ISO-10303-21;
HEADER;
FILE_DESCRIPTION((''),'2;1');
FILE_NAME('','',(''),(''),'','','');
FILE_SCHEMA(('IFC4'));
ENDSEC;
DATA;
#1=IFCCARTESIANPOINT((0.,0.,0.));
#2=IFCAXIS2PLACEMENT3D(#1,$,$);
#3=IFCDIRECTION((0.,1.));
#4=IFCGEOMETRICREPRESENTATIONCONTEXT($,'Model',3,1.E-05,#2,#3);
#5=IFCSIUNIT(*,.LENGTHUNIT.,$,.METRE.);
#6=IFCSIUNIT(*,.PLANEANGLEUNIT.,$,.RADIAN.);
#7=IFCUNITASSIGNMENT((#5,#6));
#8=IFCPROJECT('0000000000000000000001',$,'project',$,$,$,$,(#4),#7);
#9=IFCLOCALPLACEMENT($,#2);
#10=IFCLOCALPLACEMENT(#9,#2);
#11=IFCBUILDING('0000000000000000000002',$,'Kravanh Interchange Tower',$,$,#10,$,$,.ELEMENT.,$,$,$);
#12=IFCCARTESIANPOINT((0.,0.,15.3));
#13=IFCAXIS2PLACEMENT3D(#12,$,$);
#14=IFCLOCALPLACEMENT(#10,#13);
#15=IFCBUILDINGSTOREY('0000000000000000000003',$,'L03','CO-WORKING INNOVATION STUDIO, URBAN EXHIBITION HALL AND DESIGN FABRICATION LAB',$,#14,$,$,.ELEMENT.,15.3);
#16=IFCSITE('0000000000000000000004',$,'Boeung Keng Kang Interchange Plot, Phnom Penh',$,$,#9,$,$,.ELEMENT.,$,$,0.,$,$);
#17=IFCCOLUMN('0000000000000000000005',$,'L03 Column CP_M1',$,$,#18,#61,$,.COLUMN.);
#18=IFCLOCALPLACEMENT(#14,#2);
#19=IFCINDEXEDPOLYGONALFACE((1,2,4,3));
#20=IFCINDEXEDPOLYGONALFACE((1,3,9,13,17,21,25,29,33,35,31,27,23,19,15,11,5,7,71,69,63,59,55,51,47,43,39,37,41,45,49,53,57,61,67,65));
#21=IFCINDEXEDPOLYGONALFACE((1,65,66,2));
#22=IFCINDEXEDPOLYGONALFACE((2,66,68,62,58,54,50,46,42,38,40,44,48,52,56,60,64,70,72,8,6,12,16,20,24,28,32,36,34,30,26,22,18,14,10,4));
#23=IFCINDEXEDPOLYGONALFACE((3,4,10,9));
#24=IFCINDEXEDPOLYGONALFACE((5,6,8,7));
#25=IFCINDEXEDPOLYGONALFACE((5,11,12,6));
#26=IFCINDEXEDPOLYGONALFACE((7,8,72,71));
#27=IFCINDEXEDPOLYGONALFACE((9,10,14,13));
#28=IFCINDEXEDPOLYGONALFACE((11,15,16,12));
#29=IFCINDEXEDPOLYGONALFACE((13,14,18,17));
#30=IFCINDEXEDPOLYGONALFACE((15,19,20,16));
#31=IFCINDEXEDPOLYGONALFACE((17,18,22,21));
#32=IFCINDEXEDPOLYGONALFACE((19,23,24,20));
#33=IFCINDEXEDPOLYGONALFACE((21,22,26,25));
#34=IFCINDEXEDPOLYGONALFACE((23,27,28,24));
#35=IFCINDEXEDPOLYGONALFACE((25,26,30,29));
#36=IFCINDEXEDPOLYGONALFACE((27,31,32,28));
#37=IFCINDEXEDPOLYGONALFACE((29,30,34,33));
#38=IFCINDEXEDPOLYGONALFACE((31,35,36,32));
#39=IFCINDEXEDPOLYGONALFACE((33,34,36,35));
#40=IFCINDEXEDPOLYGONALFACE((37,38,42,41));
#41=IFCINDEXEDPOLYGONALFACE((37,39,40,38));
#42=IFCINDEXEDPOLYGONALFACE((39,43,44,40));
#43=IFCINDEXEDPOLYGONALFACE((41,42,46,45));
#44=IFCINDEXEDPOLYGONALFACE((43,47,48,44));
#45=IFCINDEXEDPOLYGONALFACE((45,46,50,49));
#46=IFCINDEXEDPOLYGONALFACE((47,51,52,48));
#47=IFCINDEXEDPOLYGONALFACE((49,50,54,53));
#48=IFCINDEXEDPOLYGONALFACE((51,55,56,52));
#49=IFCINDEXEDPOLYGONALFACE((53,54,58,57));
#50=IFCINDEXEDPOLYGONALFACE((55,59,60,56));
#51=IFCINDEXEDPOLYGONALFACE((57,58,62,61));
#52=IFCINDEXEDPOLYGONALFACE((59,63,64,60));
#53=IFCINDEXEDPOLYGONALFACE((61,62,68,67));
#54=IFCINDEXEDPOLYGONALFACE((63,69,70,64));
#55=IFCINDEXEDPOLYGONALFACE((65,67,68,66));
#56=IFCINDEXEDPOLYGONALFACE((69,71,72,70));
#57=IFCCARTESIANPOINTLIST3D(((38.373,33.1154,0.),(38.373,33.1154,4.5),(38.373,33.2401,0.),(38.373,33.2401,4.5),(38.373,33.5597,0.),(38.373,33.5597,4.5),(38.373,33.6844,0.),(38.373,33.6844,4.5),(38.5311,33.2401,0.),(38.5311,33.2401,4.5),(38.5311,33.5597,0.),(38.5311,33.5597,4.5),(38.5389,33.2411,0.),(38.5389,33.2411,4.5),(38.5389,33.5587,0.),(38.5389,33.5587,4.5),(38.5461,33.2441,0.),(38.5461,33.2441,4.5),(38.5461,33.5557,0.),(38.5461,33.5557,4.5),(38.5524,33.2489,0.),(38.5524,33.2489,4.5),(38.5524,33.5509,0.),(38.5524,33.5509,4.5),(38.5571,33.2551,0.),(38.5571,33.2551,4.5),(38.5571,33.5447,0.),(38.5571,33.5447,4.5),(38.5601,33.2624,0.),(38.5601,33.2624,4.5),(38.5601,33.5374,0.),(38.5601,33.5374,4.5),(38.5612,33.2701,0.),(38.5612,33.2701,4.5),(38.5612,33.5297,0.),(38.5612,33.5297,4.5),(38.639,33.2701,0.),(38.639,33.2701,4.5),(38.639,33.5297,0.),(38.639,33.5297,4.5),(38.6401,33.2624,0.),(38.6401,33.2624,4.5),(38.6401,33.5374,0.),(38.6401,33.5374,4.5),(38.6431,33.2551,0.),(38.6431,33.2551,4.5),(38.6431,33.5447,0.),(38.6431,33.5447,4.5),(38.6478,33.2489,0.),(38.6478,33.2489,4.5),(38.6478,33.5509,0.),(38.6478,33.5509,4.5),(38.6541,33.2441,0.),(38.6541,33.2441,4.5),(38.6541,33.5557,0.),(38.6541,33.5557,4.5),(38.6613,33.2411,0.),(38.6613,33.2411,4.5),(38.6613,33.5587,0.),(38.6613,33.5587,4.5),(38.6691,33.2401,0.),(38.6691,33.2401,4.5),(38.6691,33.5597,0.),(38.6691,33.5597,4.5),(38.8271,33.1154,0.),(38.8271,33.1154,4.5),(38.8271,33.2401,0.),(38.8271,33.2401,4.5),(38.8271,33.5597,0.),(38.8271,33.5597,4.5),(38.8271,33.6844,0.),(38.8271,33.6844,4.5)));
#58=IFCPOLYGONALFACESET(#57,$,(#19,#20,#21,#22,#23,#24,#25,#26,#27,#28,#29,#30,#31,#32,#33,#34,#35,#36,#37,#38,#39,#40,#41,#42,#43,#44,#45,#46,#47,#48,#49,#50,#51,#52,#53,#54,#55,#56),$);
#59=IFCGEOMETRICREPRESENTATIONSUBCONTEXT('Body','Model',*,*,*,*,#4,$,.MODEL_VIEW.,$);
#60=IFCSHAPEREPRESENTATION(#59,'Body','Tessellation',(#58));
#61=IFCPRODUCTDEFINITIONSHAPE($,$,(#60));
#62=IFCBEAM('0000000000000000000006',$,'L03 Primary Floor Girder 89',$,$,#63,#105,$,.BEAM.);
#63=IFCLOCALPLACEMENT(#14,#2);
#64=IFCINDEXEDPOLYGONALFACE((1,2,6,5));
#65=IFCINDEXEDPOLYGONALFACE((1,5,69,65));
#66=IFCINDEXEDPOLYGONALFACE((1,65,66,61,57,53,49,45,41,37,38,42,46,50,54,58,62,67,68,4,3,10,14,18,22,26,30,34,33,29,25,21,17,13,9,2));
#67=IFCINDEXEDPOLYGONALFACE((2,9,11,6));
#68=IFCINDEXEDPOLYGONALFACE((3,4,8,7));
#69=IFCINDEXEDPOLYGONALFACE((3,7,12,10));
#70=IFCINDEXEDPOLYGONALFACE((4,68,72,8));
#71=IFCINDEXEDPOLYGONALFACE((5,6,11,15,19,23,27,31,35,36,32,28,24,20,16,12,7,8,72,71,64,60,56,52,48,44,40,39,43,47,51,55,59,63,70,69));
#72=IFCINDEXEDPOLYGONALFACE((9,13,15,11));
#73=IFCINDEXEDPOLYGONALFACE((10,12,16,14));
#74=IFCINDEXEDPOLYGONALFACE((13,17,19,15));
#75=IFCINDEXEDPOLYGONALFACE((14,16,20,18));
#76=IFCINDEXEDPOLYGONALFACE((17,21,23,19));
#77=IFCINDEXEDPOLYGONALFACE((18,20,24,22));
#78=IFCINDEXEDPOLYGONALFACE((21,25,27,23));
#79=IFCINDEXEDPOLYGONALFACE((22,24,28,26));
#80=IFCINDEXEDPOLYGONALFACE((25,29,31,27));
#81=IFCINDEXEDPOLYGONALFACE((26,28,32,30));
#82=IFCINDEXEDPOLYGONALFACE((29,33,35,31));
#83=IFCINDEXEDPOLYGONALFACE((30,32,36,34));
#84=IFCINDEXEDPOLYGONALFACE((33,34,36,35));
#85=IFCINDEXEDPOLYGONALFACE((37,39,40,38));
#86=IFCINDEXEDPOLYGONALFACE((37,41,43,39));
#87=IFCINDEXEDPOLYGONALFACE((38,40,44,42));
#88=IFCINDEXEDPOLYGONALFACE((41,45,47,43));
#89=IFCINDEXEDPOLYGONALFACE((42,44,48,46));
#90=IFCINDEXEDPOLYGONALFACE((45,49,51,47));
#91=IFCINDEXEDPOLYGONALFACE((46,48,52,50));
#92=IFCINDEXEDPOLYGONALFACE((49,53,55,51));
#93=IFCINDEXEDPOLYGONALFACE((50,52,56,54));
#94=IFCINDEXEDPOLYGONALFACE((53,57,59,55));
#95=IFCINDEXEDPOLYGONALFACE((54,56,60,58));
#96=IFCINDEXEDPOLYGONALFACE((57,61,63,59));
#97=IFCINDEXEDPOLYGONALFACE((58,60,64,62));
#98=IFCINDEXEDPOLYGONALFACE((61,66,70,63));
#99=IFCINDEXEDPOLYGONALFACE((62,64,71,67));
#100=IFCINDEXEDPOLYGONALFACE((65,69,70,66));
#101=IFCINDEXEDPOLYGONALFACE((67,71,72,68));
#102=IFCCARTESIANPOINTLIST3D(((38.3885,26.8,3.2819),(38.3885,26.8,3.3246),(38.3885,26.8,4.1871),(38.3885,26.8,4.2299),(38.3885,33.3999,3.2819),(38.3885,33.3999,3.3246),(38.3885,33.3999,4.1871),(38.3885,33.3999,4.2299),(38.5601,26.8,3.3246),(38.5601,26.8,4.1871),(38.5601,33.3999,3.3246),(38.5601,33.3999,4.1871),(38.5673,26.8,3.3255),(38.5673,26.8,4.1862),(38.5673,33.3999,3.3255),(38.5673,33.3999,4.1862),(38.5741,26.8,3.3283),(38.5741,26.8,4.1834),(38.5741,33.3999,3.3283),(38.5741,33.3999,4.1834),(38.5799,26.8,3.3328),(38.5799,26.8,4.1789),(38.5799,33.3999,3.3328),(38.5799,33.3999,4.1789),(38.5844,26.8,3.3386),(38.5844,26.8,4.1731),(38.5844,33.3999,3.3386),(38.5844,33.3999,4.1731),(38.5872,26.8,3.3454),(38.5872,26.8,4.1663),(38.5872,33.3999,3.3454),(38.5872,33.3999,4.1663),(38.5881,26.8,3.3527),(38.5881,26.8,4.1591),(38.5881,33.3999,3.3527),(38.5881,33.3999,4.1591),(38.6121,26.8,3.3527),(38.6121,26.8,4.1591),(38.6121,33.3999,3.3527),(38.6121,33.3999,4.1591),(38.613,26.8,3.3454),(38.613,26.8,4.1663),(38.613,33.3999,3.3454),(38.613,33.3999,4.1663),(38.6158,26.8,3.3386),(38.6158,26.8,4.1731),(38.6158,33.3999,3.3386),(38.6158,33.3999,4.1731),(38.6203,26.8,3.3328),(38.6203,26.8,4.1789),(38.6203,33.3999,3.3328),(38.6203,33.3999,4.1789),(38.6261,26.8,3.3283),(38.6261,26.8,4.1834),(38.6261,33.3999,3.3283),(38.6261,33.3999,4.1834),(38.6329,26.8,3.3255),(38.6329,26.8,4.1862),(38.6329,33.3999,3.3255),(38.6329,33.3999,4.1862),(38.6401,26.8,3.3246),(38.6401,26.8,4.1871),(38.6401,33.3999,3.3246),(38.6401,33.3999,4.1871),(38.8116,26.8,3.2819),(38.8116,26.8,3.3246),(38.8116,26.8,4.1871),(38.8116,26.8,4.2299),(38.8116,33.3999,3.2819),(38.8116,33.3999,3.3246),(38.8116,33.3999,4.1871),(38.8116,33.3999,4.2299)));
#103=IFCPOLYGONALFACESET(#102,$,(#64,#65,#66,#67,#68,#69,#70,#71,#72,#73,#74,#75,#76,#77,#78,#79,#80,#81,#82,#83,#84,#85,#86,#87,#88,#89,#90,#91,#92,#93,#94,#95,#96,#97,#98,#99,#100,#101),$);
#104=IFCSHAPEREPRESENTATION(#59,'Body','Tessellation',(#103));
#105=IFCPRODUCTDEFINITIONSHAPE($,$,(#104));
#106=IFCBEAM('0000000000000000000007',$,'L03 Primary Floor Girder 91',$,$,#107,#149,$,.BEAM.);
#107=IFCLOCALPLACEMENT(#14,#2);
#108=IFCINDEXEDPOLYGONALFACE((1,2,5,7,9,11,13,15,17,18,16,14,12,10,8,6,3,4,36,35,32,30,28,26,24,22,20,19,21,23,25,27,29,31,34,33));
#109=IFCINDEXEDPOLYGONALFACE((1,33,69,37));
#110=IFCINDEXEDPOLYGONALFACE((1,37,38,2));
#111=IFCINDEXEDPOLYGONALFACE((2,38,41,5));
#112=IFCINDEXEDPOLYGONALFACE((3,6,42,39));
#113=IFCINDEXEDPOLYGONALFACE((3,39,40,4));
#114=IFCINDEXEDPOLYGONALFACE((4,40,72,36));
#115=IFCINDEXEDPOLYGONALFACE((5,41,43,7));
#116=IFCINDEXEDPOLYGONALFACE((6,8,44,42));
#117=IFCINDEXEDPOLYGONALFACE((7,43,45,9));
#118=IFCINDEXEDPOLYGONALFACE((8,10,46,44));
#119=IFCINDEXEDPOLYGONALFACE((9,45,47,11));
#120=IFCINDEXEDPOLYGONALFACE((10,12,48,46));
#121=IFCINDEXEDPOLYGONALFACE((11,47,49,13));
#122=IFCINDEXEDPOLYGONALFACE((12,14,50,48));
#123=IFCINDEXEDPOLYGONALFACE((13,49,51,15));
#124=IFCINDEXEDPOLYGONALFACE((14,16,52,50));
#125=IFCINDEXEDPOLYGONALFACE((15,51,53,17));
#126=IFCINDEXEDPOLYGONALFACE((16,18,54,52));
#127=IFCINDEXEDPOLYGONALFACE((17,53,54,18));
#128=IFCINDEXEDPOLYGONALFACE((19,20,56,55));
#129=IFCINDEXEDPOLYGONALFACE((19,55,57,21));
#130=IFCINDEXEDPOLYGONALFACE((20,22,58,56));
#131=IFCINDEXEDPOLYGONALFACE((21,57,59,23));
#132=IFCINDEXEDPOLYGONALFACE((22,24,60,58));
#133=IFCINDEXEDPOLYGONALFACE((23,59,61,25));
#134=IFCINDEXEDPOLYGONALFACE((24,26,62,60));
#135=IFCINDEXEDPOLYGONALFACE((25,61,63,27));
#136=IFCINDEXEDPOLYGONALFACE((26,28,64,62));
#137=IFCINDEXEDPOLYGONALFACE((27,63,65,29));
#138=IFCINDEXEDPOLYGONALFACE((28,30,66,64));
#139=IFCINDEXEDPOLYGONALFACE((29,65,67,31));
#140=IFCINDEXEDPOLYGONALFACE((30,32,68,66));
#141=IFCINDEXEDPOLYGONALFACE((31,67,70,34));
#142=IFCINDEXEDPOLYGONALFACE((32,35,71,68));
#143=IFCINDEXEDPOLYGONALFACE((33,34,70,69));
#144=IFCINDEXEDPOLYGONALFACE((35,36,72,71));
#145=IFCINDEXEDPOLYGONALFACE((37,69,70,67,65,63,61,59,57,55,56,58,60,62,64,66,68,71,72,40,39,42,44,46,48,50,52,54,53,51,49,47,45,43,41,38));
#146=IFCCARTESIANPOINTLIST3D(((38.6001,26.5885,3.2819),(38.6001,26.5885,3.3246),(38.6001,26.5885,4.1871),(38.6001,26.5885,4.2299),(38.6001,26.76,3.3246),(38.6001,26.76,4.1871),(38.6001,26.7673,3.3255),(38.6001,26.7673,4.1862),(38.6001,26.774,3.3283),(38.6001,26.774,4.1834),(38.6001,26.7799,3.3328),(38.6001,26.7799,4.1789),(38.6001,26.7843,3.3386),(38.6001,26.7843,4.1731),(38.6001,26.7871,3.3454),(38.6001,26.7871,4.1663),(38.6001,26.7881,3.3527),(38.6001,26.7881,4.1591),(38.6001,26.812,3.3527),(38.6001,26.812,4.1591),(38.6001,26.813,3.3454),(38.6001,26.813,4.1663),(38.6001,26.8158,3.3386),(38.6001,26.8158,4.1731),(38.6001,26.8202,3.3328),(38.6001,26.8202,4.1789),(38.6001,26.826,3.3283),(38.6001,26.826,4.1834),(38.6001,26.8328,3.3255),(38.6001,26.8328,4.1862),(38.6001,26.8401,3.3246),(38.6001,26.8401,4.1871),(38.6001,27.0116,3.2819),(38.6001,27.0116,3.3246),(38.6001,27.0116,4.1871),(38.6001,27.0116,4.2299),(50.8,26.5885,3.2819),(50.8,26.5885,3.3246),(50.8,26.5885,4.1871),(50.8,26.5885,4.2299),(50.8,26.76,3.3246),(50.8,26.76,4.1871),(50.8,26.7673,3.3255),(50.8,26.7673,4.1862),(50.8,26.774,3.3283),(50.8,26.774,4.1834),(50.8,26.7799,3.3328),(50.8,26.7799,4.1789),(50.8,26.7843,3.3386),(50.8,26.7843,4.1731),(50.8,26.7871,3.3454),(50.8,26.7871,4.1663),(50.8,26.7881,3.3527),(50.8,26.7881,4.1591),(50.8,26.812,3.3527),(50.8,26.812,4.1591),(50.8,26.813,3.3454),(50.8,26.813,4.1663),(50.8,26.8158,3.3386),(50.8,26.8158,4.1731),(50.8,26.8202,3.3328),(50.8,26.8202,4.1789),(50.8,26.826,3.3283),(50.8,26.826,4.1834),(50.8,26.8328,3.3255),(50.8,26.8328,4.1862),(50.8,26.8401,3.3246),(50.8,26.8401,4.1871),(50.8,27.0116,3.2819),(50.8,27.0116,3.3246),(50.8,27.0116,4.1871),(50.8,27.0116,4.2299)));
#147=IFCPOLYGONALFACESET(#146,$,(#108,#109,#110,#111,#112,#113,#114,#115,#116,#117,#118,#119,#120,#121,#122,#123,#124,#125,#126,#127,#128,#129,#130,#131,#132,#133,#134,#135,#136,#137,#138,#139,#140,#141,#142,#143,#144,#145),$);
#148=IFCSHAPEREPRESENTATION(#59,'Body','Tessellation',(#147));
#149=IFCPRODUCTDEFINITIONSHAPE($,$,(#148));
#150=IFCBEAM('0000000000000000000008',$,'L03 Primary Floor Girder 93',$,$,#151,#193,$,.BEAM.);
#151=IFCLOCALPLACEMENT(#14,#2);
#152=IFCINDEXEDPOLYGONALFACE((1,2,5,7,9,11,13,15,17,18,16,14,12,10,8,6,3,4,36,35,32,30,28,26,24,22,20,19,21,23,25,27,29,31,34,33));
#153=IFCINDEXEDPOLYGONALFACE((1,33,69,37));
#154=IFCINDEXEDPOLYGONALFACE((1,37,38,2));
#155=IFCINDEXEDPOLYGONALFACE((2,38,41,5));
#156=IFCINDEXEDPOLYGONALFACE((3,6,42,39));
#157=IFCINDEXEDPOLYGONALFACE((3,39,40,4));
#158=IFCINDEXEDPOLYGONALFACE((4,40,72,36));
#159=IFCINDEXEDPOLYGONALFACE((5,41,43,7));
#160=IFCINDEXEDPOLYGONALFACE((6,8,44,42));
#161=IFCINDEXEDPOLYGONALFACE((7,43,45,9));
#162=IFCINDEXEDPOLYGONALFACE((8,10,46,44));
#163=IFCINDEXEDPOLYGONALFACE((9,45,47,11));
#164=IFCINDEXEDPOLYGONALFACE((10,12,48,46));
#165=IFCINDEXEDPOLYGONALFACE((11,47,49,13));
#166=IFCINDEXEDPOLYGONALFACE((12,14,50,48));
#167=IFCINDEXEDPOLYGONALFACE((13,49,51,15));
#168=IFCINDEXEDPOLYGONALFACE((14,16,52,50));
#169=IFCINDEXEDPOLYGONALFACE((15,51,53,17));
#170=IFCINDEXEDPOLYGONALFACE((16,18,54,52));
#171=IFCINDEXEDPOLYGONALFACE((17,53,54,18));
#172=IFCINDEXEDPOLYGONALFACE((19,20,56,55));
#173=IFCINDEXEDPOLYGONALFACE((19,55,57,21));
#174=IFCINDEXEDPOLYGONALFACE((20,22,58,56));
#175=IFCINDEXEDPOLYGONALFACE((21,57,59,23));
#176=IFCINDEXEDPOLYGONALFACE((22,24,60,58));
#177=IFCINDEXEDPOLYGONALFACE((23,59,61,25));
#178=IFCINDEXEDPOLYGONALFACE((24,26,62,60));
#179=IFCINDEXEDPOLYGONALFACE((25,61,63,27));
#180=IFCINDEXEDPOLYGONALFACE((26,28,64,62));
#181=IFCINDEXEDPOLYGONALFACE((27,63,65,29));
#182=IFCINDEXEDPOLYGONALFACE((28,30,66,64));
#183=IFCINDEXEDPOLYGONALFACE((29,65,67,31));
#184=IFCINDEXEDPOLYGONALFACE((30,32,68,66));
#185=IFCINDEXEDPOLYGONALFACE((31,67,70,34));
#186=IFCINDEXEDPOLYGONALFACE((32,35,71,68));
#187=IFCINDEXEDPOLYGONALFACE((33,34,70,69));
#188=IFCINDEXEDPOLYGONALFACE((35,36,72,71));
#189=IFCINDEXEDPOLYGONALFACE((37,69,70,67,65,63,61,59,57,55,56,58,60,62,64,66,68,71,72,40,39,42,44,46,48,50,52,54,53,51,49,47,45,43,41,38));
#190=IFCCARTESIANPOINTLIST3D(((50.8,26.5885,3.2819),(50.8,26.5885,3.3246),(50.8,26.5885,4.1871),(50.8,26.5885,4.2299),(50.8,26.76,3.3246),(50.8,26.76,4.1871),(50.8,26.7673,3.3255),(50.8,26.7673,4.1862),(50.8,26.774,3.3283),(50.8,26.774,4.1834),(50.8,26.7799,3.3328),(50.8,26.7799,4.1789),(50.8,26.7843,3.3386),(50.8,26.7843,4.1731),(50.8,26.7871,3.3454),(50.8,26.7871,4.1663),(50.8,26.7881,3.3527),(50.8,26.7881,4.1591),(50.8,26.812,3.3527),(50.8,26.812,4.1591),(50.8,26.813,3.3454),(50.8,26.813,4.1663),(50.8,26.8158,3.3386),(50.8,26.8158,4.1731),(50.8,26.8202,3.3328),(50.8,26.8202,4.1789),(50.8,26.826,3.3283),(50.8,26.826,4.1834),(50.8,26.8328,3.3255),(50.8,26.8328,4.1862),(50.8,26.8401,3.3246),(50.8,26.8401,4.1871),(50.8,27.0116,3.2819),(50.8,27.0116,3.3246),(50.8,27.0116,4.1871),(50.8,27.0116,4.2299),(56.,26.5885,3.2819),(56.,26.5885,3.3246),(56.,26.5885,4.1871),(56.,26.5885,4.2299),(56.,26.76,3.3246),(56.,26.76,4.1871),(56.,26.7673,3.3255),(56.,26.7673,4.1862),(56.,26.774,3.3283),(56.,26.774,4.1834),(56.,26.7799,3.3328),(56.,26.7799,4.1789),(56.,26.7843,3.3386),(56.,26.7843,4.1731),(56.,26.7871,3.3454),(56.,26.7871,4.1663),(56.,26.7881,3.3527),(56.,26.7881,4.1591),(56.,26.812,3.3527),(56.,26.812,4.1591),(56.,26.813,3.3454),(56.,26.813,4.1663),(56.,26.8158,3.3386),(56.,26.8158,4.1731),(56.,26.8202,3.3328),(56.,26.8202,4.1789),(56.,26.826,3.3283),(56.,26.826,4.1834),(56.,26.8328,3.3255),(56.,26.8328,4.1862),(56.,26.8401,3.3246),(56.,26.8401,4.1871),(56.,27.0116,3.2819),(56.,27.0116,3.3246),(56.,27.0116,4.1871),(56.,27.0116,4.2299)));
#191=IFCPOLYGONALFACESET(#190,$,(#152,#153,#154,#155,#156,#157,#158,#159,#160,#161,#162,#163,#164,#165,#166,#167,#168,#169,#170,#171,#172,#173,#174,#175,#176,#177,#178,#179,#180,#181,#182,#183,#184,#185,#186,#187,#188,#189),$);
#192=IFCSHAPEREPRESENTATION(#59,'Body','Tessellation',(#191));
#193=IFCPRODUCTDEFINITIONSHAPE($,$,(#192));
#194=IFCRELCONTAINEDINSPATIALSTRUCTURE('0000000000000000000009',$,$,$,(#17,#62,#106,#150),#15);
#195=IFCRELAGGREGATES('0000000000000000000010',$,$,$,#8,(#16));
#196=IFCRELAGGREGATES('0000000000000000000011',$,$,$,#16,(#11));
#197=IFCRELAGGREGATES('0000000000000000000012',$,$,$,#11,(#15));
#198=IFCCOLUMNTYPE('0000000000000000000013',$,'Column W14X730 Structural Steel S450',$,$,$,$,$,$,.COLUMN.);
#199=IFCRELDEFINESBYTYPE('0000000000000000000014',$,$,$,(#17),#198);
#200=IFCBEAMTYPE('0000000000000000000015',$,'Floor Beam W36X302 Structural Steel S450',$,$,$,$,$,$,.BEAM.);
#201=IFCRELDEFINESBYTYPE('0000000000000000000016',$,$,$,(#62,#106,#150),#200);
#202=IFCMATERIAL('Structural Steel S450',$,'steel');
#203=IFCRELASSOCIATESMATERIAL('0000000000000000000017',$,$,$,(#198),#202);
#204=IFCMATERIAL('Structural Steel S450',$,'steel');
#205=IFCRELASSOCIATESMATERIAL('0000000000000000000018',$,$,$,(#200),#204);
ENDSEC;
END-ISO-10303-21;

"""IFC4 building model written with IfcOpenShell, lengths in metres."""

from ifc_helpers import new_model, si_unit, direction, frame, origin, origin_2d, place, context, subcontext, project, spatial, i_section, extrude, material, material_profile, profile_set, type_object, element, save


model = new_model("IFC4")

# Units and contexts
model_context = context("Model", 3, precision=1e-05, world=origin(), true_north=direction((0.0, 1.0)))
body_context = subcontext(model_context, "Body", "Model", "MODEL_VIEW")
ifc_project = project(units=[si_unit("LENGTHUNIT", "METRE"), si_unit("PLANEANGLEUNIT", "RADIAN")], contexts=[model_context])

# Site, building, storey
site_placement = place(None, origin())
site = spatial("IfcSite", under=ifc_project, at=site_placement, Name="Boeung Keng Kang Interchange Plot, Phnom Penh", CompositionType="ELEMENT", RefElevation=0.0)
building_placement = place(site_placement, origin())
building = spatial("IfcBuilding", under=site, at=building_placement, Name="Kravanh Interchange Tower", CompositionType="ELEMENT")
storey_placement = place(building_placement, frame((0.0, 0.0, 15.3)))
storey = spatial("IfcBuildingStorey", under=building, at=storey_placement, Name="L03", Description="CO-WORKING INNOVATION STUDIO, URBAN EXHIBITION HALL AND DESIGN FABRICATION LAB", CompositionType="ELEMENT", Elevation=15.3)

# Column
ifc_material_1 = material(Name="Structural Steel S450", Category="steel")
ifc_material_profile_1 = material_profile(ifc_material_1, i_section(OverallWidth=0.4541, OverallDepth=0.5691, WebThickness=0.0779, FlangeThickness=0.1248, FilletRadius=0.03, at=origin_2d()), Name="W14X730")
ifc_profile_set_1 = profile_set([ifc_material_profile_1], Name="Structural Steel S450")
column_type = type_object("IfcColumnType", Name="Column W14X730 Structural Steel S450", PredefinedType="COLUMN", material=ifc_profile_set_1)
for number, where, z_axis, x_axis, name in (
    (1, (38.6001, 33.3999, 0.0), (0.0, 0.0, 1.0), (1.0, 0.0, 0.0), "L03 Column CP_M1"),
):
    element("IfcColumn", number, at=place(storey_placement, frame(where, z_axis=z_axis, x_axis=x_axis)), inside=storey, type_object=column_type, Name=name, PredefinedType="COLUMN", context=body_context, shape_type="SweptSolid", body=[
        extrude(i_section(OverallWidth=0.4541, OverallDepth=0.5691, WebThickness=0.0779, FlangeThickness=0.1248, FilletRadius=0.03, at=origin_2d()), origin(), (0.0, 0.0, 1.0), 4.5),
    ])

# Beams
ifc_material_2 = material(Name="Structural Steel S450", Category="steel")
ifc_material_profile_2 = material_profile(ifc_material_2, i_section(OverallWidth=0.4231, OverallDepth=0.948, WebThickness=0.0239, FlangeThickness=0.0427, FilletRadius=0.0281, at=origin_2d()), Name="W36X302")
ifc_profile_set_2 = profile_set([ifc_material_profile_2], Name="Structural Steel S450")
beam_type_1 = type_object("IfcBeamType", Name="Floor Beam W36X302 Structural Steel S450", PredefinedType="BEAM", material=ifc_profile_set_2)
beam_1_placement = place(storey_placement, frame((38.6001, 26.8, 3.7559), z_axis=(0.0, 1.0, 0.0), x_axis=(-1.0, 0.0, 0.0)))
element("IfcBeam", 2, at=beam_1_placement, inside=storey, type_object=beam_type_1, Name="L03 Primary Floor Girder 89", PredefinedType="BEAM", context=body_context, shape_type="SweptSolid", body=[
    extrude(i_section(OverallWidth=0.4231, OverallDepth=0.948, WebThickness=0.0239, FlangeThickness=0.0427, FilletRadius=0.0281, at=origin_2d()), origin(), (0.0, 0.0, 1.0), 6.5999),
])
beam_2_placement = place(storey_placement, frame((38.6001, 26.8, 3.7559), z_axis=(1.0, 0.0, 0.0), x_axis=(0.0, 1.0, 0.0)))
element("IfcBeam", 3, at=beam_2_placement, inside=storey, type_object=beam_type_1, Name="L03 Primary Floor Girder 91", PredefinedType="BEAM", context=body_context, shape_type="SweptSolid", body=[
    extrude(i_section(OverallWidth=0.4231, OverallDepth=0.948, WebThickness=0.0239, FlangeThickness=0.0427, FilletRadius=0.0281, at=origin_2d()), origin(), (0.0, 0.0, 1.0), 12.2),
])
beam_3_placement = place(storey_placement, frame((50.8, 26.8, 3.7559), z_axis=(1.0, 0.0, 0.0), x_axis=(0.0, 1.0, 0.0)))
element("IfcBeam", 4, at=beam_3_placement, inside=storey, type_object=beam_type_1, Name="L03 Primary Floor Girder 93", PredefinedType="BEAM", context=body_context, shape_type="SweptSolid", body=[
    extrude(i_section(OverallWidth=0.4231, OverallDepth=0.948, WebThickness=0.0239, FlangeThickness=0.0427, FilletRadius=0.0281, at=origin_2d()), origin(), (0.0, 0.0, 1.0), 5.2),
])

save(model, "model.ifc")
